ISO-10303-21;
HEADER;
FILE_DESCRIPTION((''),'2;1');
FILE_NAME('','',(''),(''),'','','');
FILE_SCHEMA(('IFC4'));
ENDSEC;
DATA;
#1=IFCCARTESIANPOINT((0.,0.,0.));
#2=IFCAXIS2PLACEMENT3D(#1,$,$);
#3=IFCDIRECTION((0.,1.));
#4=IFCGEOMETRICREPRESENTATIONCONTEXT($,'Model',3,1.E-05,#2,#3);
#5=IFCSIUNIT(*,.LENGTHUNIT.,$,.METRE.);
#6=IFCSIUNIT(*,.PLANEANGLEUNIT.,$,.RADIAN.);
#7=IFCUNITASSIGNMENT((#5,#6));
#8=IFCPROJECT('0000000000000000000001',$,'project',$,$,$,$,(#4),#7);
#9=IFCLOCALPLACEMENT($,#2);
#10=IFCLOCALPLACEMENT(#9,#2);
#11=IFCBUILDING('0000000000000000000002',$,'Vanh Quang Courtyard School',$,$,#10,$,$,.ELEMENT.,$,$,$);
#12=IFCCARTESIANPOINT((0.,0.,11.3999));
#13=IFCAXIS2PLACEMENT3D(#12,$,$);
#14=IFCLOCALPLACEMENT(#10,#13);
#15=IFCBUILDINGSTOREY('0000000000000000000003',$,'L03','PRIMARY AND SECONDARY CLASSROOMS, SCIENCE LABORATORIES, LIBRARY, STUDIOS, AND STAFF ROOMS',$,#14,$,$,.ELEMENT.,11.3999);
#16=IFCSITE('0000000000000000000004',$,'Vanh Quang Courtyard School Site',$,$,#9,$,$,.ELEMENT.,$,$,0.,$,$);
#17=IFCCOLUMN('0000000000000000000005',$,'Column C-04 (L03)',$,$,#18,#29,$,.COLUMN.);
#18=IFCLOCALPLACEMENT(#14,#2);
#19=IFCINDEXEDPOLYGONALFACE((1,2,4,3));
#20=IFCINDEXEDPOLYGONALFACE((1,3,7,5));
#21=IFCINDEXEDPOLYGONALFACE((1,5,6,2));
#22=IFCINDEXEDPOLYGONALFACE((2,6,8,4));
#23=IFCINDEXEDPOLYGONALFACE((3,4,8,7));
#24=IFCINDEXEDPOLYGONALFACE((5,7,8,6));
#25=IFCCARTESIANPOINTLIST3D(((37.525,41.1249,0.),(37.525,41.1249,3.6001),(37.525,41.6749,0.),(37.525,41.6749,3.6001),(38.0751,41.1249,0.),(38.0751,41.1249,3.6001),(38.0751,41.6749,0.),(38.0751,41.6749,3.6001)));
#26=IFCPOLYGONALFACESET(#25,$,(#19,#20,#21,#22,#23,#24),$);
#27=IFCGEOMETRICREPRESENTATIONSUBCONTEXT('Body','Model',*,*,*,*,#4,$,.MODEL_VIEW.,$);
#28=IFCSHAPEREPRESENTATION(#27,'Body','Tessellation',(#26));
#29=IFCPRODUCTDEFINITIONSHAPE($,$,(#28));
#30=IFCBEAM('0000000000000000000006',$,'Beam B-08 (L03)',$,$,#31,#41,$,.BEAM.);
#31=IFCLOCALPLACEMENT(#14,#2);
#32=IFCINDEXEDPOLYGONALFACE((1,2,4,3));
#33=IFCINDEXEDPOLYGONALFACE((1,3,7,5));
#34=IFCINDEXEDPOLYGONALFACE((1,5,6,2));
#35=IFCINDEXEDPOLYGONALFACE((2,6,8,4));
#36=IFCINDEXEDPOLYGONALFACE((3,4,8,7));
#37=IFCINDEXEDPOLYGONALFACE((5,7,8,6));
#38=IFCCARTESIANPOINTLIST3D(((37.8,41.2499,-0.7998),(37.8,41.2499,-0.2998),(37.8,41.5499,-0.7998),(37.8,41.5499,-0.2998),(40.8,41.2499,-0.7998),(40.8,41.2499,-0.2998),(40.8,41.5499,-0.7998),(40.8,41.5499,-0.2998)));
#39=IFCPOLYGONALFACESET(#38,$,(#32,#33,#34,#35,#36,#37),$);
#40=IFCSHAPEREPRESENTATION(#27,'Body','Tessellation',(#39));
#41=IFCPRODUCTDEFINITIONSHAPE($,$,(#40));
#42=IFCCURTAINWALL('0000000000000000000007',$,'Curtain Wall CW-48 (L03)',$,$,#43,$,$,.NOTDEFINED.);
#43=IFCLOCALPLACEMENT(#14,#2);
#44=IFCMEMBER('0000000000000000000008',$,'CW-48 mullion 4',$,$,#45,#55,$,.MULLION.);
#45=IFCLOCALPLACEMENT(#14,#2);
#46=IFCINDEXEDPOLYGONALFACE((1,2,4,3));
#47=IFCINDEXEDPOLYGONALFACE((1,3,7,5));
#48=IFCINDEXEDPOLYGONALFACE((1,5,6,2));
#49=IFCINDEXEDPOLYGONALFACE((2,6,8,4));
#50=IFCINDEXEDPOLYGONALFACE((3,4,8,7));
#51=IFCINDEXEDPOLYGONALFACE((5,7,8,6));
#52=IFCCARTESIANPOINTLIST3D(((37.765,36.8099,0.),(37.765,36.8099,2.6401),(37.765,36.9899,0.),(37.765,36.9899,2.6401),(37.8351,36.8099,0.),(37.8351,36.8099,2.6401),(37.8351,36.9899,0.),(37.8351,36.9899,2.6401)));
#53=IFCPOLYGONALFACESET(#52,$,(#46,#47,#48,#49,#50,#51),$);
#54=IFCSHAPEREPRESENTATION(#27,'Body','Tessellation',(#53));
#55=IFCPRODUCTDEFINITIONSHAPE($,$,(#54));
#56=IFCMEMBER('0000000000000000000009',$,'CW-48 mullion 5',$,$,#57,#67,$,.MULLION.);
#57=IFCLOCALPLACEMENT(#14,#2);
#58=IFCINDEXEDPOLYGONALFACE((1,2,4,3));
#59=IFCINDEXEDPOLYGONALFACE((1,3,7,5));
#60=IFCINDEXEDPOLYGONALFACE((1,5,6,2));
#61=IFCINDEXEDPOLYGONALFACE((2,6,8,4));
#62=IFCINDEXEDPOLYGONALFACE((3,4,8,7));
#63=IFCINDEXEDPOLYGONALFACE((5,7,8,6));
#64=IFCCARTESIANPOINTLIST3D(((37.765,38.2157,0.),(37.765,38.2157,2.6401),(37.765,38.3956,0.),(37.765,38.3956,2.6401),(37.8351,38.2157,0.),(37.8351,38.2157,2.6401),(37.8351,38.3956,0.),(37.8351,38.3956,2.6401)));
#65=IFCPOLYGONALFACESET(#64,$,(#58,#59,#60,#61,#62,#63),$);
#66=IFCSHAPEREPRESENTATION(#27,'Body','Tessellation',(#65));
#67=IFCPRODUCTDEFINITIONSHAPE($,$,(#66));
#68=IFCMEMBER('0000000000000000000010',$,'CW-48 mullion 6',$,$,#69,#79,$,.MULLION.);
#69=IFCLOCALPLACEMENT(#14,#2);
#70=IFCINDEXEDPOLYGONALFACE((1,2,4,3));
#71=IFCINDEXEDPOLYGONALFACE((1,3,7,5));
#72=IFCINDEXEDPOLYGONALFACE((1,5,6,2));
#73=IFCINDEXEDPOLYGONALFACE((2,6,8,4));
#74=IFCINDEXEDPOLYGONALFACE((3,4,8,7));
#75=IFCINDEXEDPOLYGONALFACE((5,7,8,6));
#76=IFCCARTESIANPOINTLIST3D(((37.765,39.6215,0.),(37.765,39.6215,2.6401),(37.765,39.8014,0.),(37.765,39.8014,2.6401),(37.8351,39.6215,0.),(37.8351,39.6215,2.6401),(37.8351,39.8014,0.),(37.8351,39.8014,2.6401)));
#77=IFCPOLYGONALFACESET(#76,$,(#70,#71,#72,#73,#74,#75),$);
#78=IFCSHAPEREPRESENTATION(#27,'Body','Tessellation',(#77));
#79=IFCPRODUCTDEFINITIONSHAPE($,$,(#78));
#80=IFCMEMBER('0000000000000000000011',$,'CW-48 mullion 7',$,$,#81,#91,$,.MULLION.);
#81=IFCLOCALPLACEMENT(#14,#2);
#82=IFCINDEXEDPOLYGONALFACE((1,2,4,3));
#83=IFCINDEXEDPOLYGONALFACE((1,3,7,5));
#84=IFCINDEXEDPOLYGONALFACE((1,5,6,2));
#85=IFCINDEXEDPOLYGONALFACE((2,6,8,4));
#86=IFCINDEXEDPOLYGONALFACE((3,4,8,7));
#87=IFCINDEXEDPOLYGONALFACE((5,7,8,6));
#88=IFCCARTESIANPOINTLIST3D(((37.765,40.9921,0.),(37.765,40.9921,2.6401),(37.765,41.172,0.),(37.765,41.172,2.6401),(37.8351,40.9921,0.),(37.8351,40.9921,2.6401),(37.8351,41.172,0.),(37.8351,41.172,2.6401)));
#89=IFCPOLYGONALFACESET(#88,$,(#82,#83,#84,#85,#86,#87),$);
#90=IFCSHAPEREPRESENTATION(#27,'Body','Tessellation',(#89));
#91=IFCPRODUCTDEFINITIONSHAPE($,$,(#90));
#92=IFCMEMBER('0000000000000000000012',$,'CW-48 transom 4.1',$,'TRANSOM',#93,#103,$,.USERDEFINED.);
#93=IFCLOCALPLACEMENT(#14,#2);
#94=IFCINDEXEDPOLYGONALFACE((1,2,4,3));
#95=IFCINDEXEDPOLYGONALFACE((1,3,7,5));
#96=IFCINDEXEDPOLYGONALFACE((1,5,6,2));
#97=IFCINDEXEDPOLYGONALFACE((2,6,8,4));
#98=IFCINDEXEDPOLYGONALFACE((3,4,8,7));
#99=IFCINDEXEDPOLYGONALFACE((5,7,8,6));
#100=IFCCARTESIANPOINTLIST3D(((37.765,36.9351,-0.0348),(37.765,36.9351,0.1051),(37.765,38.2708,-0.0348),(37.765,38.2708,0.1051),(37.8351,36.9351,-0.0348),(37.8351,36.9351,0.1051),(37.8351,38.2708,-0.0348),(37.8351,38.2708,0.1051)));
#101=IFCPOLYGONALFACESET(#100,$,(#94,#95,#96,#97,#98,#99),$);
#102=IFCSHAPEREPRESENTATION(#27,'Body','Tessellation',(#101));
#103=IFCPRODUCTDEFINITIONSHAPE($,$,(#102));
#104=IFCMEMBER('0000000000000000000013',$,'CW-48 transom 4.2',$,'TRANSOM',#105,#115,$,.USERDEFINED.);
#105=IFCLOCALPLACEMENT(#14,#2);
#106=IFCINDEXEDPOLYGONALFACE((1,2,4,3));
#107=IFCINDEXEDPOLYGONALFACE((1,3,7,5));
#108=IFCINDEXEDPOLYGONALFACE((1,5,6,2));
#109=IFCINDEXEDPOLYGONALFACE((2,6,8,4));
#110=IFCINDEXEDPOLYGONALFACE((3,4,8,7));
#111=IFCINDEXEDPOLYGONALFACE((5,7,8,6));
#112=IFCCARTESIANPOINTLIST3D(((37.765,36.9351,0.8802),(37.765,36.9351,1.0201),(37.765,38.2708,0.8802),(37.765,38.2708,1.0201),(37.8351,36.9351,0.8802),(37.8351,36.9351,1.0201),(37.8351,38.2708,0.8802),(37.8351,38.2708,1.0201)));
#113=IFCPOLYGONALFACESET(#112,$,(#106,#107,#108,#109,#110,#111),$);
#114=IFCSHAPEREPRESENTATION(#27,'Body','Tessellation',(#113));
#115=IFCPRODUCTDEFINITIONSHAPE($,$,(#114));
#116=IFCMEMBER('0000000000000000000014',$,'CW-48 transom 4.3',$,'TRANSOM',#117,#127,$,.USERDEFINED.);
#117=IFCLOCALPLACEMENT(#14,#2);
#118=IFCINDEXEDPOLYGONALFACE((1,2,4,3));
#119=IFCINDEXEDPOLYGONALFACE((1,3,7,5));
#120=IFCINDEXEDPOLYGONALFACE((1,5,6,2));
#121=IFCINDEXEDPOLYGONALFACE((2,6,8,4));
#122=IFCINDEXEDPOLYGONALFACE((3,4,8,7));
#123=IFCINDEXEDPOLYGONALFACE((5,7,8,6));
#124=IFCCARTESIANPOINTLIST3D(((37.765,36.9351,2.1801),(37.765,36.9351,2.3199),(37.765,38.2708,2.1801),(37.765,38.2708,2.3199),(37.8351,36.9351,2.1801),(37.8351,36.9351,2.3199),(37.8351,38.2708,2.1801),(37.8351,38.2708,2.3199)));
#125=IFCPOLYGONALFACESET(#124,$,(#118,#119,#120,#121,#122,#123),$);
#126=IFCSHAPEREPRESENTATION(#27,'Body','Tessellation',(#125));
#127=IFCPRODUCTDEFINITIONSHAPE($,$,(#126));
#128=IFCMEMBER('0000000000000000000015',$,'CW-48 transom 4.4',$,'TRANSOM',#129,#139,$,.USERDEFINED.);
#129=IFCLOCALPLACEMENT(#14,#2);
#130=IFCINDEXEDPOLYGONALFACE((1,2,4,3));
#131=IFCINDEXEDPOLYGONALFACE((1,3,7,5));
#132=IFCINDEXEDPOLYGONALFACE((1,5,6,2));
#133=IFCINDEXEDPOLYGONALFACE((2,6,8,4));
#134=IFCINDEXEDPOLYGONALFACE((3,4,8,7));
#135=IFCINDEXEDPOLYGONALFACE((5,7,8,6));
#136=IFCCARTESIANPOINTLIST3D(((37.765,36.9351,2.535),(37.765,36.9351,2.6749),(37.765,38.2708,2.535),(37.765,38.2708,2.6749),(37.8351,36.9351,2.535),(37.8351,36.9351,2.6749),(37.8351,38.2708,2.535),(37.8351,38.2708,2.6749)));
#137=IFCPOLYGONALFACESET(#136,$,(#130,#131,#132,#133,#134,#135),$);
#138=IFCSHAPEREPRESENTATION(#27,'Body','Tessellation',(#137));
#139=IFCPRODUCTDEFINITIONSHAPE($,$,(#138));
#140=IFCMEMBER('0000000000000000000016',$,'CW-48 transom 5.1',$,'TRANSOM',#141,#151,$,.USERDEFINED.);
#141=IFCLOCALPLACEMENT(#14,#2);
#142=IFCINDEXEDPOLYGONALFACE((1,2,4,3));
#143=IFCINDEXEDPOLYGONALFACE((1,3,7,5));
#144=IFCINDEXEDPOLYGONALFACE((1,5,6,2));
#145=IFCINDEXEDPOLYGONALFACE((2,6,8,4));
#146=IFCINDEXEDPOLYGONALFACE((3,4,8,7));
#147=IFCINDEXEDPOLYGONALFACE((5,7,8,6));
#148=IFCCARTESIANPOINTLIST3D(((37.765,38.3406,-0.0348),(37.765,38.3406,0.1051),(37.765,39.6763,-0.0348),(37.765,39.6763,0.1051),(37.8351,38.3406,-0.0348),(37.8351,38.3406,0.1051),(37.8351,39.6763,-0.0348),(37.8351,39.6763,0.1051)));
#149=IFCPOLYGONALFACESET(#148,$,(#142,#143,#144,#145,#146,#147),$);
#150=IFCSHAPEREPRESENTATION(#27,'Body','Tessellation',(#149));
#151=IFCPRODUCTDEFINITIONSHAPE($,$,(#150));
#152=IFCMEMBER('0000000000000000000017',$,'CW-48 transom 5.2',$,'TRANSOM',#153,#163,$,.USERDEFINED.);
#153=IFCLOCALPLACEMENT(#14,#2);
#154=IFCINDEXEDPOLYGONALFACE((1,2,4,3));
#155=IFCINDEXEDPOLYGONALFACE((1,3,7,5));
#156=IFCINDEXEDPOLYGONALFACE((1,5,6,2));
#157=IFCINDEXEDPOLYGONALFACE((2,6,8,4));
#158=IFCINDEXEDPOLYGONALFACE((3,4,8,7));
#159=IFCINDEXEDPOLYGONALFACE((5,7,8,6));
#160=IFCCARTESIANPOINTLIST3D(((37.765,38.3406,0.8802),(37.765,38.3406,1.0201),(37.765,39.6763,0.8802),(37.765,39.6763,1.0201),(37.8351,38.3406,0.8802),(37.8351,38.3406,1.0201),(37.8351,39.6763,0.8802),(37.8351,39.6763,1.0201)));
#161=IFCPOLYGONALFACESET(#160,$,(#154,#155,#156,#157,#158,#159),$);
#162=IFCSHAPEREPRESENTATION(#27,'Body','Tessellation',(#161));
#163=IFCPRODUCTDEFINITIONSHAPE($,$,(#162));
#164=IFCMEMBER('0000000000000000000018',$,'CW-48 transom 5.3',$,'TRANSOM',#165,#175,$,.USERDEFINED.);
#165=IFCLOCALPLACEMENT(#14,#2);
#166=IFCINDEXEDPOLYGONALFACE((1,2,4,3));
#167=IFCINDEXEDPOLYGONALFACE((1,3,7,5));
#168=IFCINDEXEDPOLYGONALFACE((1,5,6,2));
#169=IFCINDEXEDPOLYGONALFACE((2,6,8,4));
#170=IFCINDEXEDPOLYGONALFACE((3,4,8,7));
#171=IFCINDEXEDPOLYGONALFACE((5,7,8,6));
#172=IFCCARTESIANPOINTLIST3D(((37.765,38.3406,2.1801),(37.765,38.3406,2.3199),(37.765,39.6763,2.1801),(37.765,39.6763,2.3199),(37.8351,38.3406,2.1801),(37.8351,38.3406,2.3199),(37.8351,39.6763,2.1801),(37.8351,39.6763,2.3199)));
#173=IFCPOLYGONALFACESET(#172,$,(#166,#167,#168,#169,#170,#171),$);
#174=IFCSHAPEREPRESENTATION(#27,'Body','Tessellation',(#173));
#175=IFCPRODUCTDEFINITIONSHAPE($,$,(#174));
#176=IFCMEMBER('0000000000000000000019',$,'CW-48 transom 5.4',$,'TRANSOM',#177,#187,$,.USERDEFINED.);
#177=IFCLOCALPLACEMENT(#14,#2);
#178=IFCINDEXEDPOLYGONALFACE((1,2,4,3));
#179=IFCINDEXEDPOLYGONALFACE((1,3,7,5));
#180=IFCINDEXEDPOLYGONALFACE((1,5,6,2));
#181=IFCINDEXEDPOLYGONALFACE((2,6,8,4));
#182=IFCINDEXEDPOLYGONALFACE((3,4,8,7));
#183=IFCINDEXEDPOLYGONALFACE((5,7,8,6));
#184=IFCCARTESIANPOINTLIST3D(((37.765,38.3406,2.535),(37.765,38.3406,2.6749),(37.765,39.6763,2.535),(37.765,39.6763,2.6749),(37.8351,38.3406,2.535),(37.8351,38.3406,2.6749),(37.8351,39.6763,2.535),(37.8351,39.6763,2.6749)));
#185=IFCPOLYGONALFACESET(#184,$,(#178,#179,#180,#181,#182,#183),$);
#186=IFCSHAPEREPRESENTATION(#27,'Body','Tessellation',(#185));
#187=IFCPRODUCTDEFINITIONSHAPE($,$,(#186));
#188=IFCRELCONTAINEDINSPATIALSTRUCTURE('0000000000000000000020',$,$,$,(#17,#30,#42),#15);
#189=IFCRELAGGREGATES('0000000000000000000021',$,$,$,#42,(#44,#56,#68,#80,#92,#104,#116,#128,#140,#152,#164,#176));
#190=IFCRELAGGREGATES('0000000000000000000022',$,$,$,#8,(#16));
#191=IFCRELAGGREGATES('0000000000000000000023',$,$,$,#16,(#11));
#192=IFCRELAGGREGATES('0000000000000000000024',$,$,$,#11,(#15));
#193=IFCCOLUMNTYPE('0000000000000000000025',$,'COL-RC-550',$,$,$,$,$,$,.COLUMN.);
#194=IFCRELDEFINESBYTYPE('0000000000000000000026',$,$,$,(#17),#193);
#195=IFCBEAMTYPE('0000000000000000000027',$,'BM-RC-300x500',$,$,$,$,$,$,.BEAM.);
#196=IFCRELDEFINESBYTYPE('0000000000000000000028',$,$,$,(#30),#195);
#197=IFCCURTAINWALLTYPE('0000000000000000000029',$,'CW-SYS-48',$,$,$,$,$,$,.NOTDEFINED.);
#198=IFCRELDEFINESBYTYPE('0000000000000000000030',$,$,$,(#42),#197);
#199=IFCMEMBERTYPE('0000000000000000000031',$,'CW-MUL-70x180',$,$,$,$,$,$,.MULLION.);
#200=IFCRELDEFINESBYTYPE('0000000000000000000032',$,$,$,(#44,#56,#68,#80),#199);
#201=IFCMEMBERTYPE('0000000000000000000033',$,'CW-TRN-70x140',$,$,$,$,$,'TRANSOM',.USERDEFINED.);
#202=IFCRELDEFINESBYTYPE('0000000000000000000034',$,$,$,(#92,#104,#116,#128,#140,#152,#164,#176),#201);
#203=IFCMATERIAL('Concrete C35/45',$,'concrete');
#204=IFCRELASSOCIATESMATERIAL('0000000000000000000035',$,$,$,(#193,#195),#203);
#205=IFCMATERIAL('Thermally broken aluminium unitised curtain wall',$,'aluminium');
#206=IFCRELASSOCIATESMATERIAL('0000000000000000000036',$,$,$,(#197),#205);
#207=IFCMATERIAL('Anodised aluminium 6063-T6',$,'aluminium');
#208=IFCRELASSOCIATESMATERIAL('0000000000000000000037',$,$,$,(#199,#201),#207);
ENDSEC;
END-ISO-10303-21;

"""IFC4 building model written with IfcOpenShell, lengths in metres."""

from ifc_helpers import new_model, si_unit, direction, frame, origin, origin_2d, place, context, subcontext, project, spatial, rectangle, extrude, material, material_profile, profile_set, type_object, element, aggregate, save


model = new_model("IFC4")

# Units and contexts
model_context = context("Model", 3, precision=1e-05, world=origin(), true_north=direction((0.0, 1.0)))
body_context = subcontext(model_context, "Body", "Model", "MODEL_VIEW")
ifc_project = project(units=[si_unit("LENGTHUNIT", "METRE"), si_unit("PLANEANGLEUNIT", "RADIAN")], contexts=[model_context])

# Site, building, storey
site_placement = place(None, origin())
site = spatial("IfcSite", under=ifc_project, at=site_placement, Name="Vanh Quang Courtyard School Site", CompositionType="ELEMENT", RefElevation=0.0)
building_placement = place(site_placement, origin())
building = spatial("IfcBuilding", under=site, at=building_placement, Name="Vanh Quang Courtyard School", CompositionType="ELEMENT")
storey_placement = place(building_placement, frame((0.0, 0.0, 11.3999)))
storey = spatial("IfcBuildingStorey", under=building, at=storey_placement, Name="L03", Description="PRIMARY AND SECONDARY CLASSROOMS, SCIENCE LABORATORIES, LIBRARY, STUDIOS, AND STAFF ROOMS", CompositionType="ELEMENT", Elevation=11.3999)

# Column
ifc_material_1 = material(Name="Concrete C35/45", Category="concrete")
ifc_material_profile_1 = material_profile(ifc_material_1, rectangle(XDim=0.55, YDim=0.55, at=origin_2d()), Name="RC-COL 550x550")
ifc_profile_set_1 = profile_set([ifc_material_profile_1], Name="Concrete C35/45")
column_type = type_object("IfcColumnType", Name="COL-RC-550", PredefinedType="COLUMN", material=ifc_profile_set_1)
column_placement = place(storey_placement, frame((37.8, 41.3999, 0.0), z_axis=(0.0, 0.0, 1.0), x_axis=(1.0, 0.0, 0.0)))
element("IfcColumn", 1, at=column_placement, inside=storey, type_object=column_type, Name="Column C-04 (L03)", PredefinedType="COLUMN", context=body_context, shape_type="SweptSolid", body=[
    extrude(rectangle(XDim=0.55, YDim=0.55, at=origin_2d()), origin(), (0.0, 0.0, 1.0), 3.6001),
])

# Beam
ifc_material_profile_2 = material_profile(ifc_material_1, rectangle(XDim=0.3, YDim=0.5, at=origin_2d()), Name="RC-BM 300x500")
ifc_profile_set_2 = profile_set([ifc_material_profile_2], Name="Concrete C35/45")
beam_type_1 = type_object("IfcBeamType", Name="BM-RC-300x500", PredefinedType="BEAM", material=ifc_profile_set_2)
beam_1_placement = place(storey_placement, frame((37.8, 41.3999, -0.5498), z_axis=(1.0, 0.0, 0.0), x_axis=(0.0, 1.0, 0.0)))
element("IfcBeam", 2, at=beam_1_placement, inside=storey, type_object=beam_type_1, Name="Beam B-08 (L03)", PredefinedType="BEAM", context=body_context, shape_type="SweptSolid", body=[
    extrude(rectangle(XDim=0.3, YDim=0.5, at=origin_2d()), origin(), (0.0, 0.0, 1.0), 3.0),
])

# Curtain wall, members
ifc_material_2 = material(Name="Thermally broken aluminium unitised curtain wall", Category="aluminium")
curtain_wall_type = type_object("IfcCurtainWallType", Name="CW-SYS-48", PredefinedType="NOTDEFINED", material=ifc_material_2)
curtain_wall_placement = place(storey_placement, origin())
curtain_wall = element("IfcCurtainWall", 3, at=curtain_wall_placement, inside=storey, type_object=curtain_wall_type, Name="Curtain Wall CW-48 (L03)", PredefinedType="NOTDEFINED")
ifc_material_3 = material(Name="Anodised aluminium 6063-T6", Category="aluminium")
ifc_material_profile_3 = material_profile(ifc_material_3, rectangle(XDim=0.0701, YDim=0.1799, at=origin_2d()), Name="ALU-MUL 70x180")
ifc_profile_set_3 = profile_set([ifc_material_profile_3], Name="Anodised aluminium 6063-T6")
member_type_1 = type_object("IfcMemberType", Name="CW-MUL-70x180", PredefinedType="MULLION", material=ifc_profile_set_3)
member_1_placement = place(storey_placement, frame((37.8, 36.8999, 0.0), z_axis=(0.0, 0.0, 1.0), x_axis=(-1.0, 0.0, 0.0)))
member_1 = element("IfcMember", 4, at=member_1_placement, type_object=member_type_1, Name="CW-48 mullion 4", PredefinedType="MULLION", context=body_context, shape_type="SweptSolid", body=[
    extrude(rectangle(XDim=0.0701, YDim=0.1799, at=origin_2d()), origin(), (0.0, 0.0, 1.0), 2.6401),
])
member_2_placement = place(storey_placement, frame((37.8, 38.3057, 0.0), z_axis=(0.0, 0.0, 1.0), x_axis=(-1.0, 0.0, 0.0)))
member_2 = element("IfcMember", 5, at=member_2_placement, type_object=member_type_1, Name="CW-48 mullion 5", PredefinedType="MULLION", context=body_context, shape_type="SweptSolid", body=[
    extrude(rectangle(XDim=0.0701, YDim=0.1799, at=origin_2d()), origin(), (0.0, 0.0, 1.0), 2.6401),
])
member_3_placement = place(storey_placement, frame((37.8, 39.7114, 0.0), z_axis=(0.0, 0.0, 1.0), x_axis=(-1.0, 0.0, 0.0)))
member_3 = element("IfcMember", 6, at=member_3_placement, type_object=member_type_1, Name="CW-48 mullion 6", PredefinedType="MULLION", context=body_context, shape_type="SweptSolid", body=[
    extrude(rectangle(XDim=0.0701, YDim=0.1799, at=origin_2d()), origin(), (0.0, 0.0, 1.0), 2.6401),
])
member_4_placement = place(storey_placement, frame((37.8, 41.082, 0.0), z_axis=(0.0, 0.0, 1.0), x_axis=(-1.0, 0.0, 0.0)))
member_4 = element("IfcMember", 7, at=member_4_placement, type_object=member_type_1, Name="CW-48 mullion 7", PredefinedType="MULLION", context=body_context, shape_type="SweptSolid", body=[
    extrude(rectangle(XDim=0.0701, YDim=0.1799, at=origin_2d()), origin(), (0.0, 0.0, 1.0), 2.6401),
])
ifc_material_profile_4 = material_profile(ifc_material_3, rectangle(XDim=0.0701, YDim=0.1399, at=origin_2d()), Name="ALU-TRN 70x140")
ifc_profile_set_4 = profile_set([ifc_material_profile_4], Name="Anodised aluminium 6063-T6")
member_type_2 = type_object("IfcMemberType", Name="CW-TRN-70x140", ElementType="TRANSOM", PredefinedType="USERDEFINED", material=ifc_profile_set_4)
member_5_placement = place(storey_placement, frame((37.8, 36.9351, 0.0352), z_axis=(0.0, 1.0, 0.0), x_axis=(-1.0, 0.0, 0.0)))
member_5 = element("IfcMember", 8, at=member_5_placement, type_object=member_type_2, Name="CW-48 transom 4.1", ObjectType="TRANSOM", PredefinedType="USERDEFINED", context=body_context, shape_type="SweptSolid", body=[
    extrude(rectangle(XDim=0.0701, YDim=0.1399, at=origin_2d()), origin(), (0.0, 0.0, 1.0), 1.3357),
])
member_6_placement = place(storey_placement, frame((37.8, 36.9351, 0.9502), z_axis=(0.0, 1.0, 0.0), x_axis=(-1.0, 0.0, 0.0)))
member_6 = element("IfcMember", 9, at=member_6_placement, type_object=member_type_2, Name="CW-48 transom 4.2", ObjectType="TRANSOM", PredefinedType="USERDEFINED", context=body_context, shape_type="SweptSolid", body=[
    extrude(rectangle(XDim=0.0701, YDim=0.1399, at=origin_2d()), origin(), (0.0, 0.0, 1.0), 1.3357),
])
member_7_placement = place(storey_placement, frame((37.8, 36.9351, 2.25), z_axis=(0.0, 1.0, 0.0), x_axis=(-1.0, 0.0, 0.0)))
member_7 = element("IfcMember", 10, at=member_7_placement, type_object=member_type_2, Name="CW-48 transom 4.3", ObjectType="TRANSOM", PredefinedType="USERDEFINED", context=body_context, shape_type="SweptSolid", body=[
    extrude(rectangle(XDim=0.0701, YDim=0.1399, at=origin_2d()), origin(), (0.0, 0.0, 1.0), 1.3357),
])
member_8_placement = place(storey_placement, frame((37.8, 36.9351, 2.605), z_axis=(0.0, 1.0, 0.0), x_axis=(-1.0, 0.0, 0.0)))
member_8 = element("IfcMember", 11, at=member_8_placement, type_object=member_type_2, Name="CW-48 transom 4.4", ObjectType="TRANSOM", PredefinedType="USERDEFINED", context=body_context, shape_type="SweptSolid", body=[
    extrude(rectangle(XDim=0.0701, YDim=0.1399, at=origin_2d()), origin(), (0.0, 0.0, 1.0), 1.3357),
])
member_9_placement = place(storey_placement, frame((37.8, 38.3406, 0.0352), z_axis=(0.0, 1.0, 0.0), x_axis=(-1.0, 0.0, 0.0)))
member_9 = element("IfcMember", 12, at=member_9_placement, type_object=member_type_2, Name="CW-48 transom 5.1", ObjectType="TRANSOM", PredefinedType="USERDEFINED", context=body_context, shape_type="SweptSolid", body=[
    extrude(rectangle(XDim=0.0701, YDim=0.1399, at=origin_2d()), origin(), (0.0, 0.0, 1.0), 1.3357),
])
member_10_placement = place(storey_placement, frame((37.8, 38.3406, 0.9502), z_axis=(0.0, 1.0, 0.0), x_axis=(-1.0, 0.0, 0.0)))
member_10 = element("IfcMember", 13, at=member_10_placement, type_object=member_type_2, Name="CW-48 transom 5.2", ObjectType="TRANSOM", PredefinedType="USERDEFINED", context=body_context, shape_type="SweptSolid", body=[
    extrude(rectangle(XDim=0.0701, YDim=0.1399, at=origin_2d()), origin(), (0.0, 0.0, 1.0), 1.3357),
])
member_11_placement = place(storey_placement, frame((37.8, 38.3406, 2.25), z_axis=(0.0, 1.0, 0.0), x_axis=(-1.0, 0.0, 0.0)))
member_11 = element("IfcMember", 14, at=member_11_placement, type_object=member_type_2, Name="CW-48 transom 5.3", ObjectType="TRANSOM", PredefinedType="USERDEFINED", context=body_context, shape_type="SweptSolid", body=[
    extrude(rectangle(XDim=0.0701, YDim=0.1399, at=origin_2d()), origin(), (0.0, 0.0, 1.0), 1.3357),
])
member_12_placement = place(storey_placement, frame((37.8, 38.3406, 2.605), z_axis=(0.0, 1.0, 0.0), x_axis=(-1.0, 0.0, 0.0)))
member_12 = element("IfcMember", 15, at=member_12_placement, type_object=member_type_2, Name="CW-48 transom 5.4", ObjectType="TRANSOM", PredefinedType="USERDEFINED", context=body_context, shape_type="SweptSolid", body=[
    extrude(rectangle(XDim=0.0701, YDim=0.1399, at=origin_2d()), origin(), (0.0, 0.0, 1.0), 1.3357),
])

aggregate(curtain_wall, [member_1, member_2, member_3, member_4, member_5, member_6, member_7, member_8, member_9, member_10, member_11, member_12])

save(model, "model.ifc")
